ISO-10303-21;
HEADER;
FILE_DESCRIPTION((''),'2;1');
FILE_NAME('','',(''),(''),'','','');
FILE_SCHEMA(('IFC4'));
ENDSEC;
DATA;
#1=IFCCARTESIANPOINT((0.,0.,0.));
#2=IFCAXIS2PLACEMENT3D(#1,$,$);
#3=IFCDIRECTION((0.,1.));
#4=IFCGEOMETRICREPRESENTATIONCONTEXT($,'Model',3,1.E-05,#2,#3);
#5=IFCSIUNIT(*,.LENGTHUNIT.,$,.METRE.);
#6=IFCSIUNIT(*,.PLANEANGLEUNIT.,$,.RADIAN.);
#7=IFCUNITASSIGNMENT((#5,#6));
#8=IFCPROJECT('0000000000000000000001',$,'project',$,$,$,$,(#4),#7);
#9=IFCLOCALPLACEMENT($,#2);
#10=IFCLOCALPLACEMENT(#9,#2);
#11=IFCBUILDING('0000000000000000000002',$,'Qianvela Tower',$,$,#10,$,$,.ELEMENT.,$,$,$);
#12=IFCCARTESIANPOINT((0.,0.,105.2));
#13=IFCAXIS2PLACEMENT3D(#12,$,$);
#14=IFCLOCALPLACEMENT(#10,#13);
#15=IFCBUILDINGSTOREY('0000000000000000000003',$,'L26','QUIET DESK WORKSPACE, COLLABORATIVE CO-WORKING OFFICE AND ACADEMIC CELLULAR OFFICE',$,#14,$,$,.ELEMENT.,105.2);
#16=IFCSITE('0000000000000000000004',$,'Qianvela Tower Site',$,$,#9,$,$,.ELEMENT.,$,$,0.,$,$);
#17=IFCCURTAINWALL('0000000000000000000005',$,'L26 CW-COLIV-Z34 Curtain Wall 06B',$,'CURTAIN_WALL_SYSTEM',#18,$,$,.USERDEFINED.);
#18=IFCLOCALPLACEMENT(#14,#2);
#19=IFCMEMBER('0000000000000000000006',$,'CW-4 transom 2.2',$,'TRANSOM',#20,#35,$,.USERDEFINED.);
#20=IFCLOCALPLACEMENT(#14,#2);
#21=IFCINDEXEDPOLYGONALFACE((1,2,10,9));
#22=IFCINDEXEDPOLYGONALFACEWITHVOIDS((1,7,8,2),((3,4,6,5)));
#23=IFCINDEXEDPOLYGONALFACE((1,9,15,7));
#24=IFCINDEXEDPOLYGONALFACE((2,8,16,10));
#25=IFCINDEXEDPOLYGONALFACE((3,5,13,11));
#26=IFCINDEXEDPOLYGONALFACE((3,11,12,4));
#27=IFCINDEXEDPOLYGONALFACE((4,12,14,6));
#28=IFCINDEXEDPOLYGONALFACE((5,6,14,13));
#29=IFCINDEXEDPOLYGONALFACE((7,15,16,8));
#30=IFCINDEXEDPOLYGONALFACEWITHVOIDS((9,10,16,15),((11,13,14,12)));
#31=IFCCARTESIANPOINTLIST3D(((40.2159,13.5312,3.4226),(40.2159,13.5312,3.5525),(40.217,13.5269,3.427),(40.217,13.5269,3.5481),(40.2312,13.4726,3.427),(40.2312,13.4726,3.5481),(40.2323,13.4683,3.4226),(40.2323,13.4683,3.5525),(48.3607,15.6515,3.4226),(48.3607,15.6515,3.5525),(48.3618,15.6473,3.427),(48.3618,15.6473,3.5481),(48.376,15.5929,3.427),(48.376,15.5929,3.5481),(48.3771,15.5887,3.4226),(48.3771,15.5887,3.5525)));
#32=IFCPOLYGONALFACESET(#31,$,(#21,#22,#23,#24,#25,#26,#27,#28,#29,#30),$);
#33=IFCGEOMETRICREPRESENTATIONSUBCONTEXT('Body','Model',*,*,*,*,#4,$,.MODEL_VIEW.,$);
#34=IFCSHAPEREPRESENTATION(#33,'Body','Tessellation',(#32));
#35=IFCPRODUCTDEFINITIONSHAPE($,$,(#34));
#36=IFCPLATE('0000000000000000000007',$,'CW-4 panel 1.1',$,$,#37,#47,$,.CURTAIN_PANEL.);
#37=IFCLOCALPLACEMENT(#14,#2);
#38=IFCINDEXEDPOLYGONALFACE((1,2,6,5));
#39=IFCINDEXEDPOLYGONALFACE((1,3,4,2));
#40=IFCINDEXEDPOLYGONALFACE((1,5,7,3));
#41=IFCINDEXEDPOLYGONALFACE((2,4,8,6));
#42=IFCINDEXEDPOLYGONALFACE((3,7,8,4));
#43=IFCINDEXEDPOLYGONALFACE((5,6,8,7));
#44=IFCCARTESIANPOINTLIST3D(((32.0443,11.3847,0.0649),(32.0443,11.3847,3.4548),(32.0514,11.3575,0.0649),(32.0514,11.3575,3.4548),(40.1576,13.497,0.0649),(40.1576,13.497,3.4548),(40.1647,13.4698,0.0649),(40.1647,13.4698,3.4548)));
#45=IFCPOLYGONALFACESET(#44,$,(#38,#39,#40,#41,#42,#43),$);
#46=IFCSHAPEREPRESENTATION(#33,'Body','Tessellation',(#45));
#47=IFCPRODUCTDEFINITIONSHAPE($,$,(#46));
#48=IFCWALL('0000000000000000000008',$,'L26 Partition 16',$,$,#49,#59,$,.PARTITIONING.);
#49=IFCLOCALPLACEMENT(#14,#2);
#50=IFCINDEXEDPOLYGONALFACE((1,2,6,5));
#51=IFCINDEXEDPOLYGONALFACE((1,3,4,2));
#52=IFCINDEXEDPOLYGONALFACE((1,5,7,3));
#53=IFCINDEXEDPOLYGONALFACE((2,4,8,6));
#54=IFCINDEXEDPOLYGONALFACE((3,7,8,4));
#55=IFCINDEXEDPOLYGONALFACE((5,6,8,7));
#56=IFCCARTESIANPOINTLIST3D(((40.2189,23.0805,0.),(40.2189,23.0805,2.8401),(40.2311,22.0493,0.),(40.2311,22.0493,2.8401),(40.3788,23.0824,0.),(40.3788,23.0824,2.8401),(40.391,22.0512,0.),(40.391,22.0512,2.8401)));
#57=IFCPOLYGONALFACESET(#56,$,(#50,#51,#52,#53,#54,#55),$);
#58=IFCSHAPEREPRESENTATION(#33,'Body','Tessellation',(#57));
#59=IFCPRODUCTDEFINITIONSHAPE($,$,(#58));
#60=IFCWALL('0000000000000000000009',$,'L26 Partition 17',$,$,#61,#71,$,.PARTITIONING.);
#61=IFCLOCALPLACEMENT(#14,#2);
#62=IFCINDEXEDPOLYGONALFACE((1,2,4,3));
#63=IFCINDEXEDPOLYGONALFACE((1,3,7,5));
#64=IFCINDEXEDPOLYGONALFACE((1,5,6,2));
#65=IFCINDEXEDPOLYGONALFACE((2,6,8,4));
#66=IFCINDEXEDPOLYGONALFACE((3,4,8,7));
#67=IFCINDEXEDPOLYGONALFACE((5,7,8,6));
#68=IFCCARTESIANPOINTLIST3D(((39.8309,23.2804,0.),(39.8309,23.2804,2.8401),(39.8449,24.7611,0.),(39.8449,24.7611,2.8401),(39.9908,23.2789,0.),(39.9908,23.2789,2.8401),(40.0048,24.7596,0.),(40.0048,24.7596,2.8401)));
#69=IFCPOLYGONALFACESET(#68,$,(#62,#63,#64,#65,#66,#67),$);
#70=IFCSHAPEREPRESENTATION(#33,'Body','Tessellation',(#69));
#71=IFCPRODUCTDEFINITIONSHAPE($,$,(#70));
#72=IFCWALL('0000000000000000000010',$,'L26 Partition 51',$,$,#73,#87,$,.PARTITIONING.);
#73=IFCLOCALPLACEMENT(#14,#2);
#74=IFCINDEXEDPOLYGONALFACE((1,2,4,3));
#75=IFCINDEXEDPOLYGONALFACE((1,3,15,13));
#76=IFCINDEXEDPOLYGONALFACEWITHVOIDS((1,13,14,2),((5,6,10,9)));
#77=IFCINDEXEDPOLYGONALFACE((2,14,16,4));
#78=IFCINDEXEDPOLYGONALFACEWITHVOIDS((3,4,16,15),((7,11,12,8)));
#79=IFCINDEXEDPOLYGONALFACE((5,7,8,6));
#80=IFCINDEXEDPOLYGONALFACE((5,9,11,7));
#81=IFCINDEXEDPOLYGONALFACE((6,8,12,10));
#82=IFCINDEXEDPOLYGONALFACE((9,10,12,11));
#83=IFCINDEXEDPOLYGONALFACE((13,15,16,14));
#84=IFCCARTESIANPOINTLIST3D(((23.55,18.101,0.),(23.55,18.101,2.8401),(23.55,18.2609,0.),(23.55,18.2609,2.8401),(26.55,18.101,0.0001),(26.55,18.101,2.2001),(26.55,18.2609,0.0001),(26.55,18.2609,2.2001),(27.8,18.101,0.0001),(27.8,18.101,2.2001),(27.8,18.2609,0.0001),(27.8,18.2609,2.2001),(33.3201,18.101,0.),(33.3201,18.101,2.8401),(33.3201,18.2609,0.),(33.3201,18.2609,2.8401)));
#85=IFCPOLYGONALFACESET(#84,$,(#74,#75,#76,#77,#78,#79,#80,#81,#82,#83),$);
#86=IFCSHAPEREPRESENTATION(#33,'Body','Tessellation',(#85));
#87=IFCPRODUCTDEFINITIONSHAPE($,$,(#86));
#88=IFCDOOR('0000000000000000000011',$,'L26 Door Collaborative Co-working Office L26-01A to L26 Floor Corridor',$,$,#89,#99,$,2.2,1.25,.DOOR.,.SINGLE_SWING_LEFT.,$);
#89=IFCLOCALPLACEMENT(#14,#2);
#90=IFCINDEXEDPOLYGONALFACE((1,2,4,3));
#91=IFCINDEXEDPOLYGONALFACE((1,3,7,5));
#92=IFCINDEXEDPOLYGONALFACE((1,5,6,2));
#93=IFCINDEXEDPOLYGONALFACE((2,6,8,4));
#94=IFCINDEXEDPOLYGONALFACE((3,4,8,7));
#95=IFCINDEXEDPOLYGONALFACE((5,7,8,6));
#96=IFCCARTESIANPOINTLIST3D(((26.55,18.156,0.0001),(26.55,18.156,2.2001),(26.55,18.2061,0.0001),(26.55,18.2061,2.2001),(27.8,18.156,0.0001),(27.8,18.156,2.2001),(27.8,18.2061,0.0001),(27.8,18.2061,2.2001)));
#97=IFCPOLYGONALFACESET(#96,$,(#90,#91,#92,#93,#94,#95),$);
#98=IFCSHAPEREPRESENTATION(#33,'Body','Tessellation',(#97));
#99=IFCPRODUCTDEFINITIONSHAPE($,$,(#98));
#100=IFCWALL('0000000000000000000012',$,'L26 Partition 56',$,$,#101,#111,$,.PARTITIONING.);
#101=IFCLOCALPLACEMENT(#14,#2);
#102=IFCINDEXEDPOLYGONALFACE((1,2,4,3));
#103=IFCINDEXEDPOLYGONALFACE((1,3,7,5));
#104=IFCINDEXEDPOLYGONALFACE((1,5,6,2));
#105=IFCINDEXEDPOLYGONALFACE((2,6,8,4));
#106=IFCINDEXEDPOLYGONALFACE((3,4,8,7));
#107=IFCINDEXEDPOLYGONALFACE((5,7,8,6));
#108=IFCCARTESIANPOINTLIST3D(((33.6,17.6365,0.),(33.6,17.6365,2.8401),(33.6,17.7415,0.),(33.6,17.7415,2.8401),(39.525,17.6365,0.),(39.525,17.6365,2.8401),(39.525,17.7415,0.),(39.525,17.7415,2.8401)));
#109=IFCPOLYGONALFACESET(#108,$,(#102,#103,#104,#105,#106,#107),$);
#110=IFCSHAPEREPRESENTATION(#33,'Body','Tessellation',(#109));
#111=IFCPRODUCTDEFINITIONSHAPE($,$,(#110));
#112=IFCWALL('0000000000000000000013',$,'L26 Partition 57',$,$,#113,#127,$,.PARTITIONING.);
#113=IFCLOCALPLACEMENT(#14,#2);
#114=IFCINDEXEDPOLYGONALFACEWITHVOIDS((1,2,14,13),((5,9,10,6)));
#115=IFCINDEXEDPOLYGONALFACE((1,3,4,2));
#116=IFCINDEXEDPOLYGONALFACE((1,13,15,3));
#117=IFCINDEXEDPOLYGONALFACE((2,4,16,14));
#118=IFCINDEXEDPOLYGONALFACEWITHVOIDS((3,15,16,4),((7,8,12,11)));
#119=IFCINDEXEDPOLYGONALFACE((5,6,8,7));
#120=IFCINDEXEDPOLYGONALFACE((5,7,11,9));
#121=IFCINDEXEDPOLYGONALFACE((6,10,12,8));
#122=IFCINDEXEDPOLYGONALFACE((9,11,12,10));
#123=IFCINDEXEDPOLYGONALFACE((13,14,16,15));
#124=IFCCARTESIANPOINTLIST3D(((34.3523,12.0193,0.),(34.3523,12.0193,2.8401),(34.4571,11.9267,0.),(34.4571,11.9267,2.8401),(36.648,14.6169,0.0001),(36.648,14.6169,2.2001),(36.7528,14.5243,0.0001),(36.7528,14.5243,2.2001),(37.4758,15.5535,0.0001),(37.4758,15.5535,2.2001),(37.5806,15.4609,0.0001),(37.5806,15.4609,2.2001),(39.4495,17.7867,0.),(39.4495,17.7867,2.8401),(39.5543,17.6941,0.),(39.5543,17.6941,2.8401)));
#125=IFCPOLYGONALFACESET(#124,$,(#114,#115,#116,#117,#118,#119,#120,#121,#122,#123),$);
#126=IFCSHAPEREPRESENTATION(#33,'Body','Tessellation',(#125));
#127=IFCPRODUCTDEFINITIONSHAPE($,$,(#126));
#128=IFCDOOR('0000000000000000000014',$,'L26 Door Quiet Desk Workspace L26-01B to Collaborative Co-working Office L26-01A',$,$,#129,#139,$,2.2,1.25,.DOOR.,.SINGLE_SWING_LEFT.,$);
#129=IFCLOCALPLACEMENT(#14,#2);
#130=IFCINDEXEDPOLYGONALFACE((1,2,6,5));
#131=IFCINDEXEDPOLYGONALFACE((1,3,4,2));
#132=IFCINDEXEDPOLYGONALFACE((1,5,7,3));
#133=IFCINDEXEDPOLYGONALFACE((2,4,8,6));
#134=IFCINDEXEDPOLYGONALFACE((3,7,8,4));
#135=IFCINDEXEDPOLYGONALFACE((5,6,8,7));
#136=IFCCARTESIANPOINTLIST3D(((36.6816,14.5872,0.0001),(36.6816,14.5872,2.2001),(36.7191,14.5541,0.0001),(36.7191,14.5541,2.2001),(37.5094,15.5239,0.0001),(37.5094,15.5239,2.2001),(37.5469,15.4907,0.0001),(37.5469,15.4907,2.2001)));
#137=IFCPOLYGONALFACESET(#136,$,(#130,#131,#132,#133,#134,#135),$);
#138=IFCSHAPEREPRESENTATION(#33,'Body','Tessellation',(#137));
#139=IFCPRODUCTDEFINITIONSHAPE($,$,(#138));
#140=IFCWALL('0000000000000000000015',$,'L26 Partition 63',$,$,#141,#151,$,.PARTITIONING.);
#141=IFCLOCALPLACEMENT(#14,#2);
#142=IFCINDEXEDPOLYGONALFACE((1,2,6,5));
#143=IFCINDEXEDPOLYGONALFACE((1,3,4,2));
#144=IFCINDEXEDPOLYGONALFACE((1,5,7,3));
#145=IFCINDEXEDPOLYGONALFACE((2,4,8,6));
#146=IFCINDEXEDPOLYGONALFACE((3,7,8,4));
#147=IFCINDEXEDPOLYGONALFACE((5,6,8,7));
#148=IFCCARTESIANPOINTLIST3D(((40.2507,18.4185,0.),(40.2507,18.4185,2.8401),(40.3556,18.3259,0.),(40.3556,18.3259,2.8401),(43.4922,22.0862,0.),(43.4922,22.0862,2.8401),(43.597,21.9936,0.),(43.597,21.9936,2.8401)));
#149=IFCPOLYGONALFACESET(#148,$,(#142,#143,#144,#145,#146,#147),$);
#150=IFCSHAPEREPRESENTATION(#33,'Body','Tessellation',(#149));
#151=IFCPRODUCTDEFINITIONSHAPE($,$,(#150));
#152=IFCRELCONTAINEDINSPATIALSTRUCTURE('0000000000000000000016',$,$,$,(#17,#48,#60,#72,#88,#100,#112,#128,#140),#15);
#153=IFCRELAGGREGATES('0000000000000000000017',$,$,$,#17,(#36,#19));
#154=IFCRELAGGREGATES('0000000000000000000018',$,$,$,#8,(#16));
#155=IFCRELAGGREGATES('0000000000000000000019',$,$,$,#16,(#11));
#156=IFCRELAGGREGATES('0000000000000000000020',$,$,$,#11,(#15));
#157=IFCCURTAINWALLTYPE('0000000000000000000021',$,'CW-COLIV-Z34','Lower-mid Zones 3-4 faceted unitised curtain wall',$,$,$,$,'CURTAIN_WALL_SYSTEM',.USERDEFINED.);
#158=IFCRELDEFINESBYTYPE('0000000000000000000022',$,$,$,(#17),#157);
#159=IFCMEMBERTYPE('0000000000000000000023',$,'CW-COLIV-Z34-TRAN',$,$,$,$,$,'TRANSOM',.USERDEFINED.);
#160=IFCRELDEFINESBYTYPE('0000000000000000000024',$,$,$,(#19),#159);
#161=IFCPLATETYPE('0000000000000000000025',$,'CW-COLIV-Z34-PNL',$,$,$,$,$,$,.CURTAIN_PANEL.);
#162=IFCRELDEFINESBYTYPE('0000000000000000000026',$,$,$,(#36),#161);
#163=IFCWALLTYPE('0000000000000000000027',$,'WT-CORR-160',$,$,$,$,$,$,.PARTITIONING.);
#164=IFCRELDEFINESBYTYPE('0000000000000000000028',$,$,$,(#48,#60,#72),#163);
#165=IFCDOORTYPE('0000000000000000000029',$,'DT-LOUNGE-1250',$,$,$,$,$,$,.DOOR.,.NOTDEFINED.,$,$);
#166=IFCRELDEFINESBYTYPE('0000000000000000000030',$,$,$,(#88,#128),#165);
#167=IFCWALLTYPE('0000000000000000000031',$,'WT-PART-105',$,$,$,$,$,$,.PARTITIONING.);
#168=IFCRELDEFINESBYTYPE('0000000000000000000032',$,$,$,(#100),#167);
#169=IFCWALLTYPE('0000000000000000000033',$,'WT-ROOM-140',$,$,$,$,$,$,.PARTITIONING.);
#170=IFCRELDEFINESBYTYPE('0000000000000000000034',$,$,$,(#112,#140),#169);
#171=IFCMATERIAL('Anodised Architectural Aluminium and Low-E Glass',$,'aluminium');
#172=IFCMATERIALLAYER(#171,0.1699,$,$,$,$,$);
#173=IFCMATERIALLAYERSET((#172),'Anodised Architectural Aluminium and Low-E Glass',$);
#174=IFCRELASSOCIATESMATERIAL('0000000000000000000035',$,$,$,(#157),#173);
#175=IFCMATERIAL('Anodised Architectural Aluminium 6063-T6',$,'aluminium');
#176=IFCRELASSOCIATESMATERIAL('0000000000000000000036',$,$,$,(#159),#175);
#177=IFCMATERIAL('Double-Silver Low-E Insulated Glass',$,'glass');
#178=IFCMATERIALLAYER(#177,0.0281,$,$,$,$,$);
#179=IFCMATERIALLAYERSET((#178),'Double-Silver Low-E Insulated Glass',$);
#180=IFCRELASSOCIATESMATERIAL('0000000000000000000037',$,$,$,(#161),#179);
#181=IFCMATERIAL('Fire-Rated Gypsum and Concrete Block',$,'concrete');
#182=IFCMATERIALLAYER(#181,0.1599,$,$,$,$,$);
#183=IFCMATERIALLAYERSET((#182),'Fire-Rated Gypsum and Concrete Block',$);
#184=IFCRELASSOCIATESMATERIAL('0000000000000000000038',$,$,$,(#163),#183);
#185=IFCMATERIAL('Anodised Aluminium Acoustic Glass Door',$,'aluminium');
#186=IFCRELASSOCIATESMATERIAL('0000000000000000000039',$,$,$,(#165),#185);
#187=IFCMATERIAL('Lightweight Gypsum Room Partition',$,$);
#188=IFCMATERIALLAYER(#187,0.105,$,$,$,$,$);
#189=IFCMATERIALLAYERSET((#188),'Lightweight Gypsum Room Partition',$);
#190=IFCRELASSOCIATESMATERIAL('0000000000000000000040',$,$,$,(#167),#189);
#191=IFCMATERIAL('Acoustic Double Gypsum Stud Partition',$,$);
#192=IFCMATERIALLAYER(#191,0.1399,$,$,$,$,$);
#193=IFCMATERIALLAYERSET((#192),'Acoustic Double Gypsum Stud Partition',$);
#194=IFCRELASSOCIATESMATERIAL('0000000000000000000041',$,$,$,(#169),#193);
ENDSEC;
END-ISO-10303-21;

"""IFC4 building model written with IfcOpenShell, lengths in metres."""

from ifc_helpers import new_model, si_unit, direction, frame, frame_2d, origin, origin_2d, place, context, subcontext, project, spatial, rectangle, hollow_rectangle, extrude, material, layer, layer_set, material_profile, profile_set, type_object, element, fill, aggregate, save


model = new_model("IFC4")

# Units and contexts
model_context = context("Model", 3, precision=1e-05, world=origin(), true_north=direction((0.0, 1.0)))
body_context = subcontext(model_context, "Body", "Model", "MODEL_VIEW")
ifc_project = project(units=[si_unit("LENGTHUNIT", "METRE"), si_unit("PLANEANGLEUNIT", "RADIAN")], contexts=[model_context])

# Site, building, storey
site_placement = place(None, origin())
site = spatial("IfcSite", under=ifc_project, at=site_placement, Name="Qianvela Tower Site", CompositionType="ELEMENT", RefElevation=0.0)
building_placement = place(site_placement, origin())
building = spatial("IfcBuilding", under=site, at=building_placement, Name="Qianvela Tower", CompositionType="ELEMENT")
storey_placement = place(building_placement, frame((0.0, 0.0, 105.2)))
storey = spatial("IfcBuildingStorey", under=building, at=storey_placement, Name="L26", Description="QUIET DESK WORKSPACE, COLLABORATIVE CO-WORKING OFFICE AND ACADEMIC CELLULAR OFFICE", CompositionType="ELEMENT", Elevation=105.2)

# Curtain wall, member, plate
ifc_material_1 = material(Name="Anodised Architectural Aluminium and Low-E Glass", Category="aluminium")
ifc_layer_1 = layer(ifc_material_1, 0.1699)
ifc_layer_set_1 = layer_set([ifc_layer_1], Name="Anodised Architectural Aluminium and Low-E Glass")
curtain_wall_type = type_object("IfcCurtainWallType", Name="CW-COLIV-Z34", Description="Lower-mid Zones 3-4 faceted unitised curtain wall", ElementType="CURTAIN_WALL_SYSTEM", PredefinedType="USERDEFINED", material=ifc_layer_set_1)
curtain_wall_placement = place(storey_placement, origin())
curtain_wall = element("IfcCurtainWall", 1, at=curtain_wall_placement, inside=storey, type_object=curtain_wall_type, Name="L26 CW-COLIV-Z34 Curtain Wall 06B", ObjectType="CURTAIN_WALL_SYSTEM", PredefinedType="USERDEFINED")
ifc_material_2 = material(Name="Anodised Architectural Aluminium 6063-T6", Category="aluminium")
ifc_material_profile_1 = material_profile(ifc_material_2, hollow_rectangle(XDim=0.0649, YDim=0.1299, WallThickness=0.0044, at=origin_2d()), Name="ALU-TRAN-65x130")
ifc_profile_set_1 = profile_set([ifc_material_profile_1], Name="Anodised Architectural Aluminium 6063-T6")
member_type_1 = type_object("IfcMemberType", Name="CW-COLIV-Z34-TRAN", ElementType="TRANSOM", PredefinedType="USERDEFINED", material=ifc_profile_set_1)
member_1_placement = place(storey_placement, frame((40.2241, 13.4998, 3.4875), z_axis=(0.967744, 0.251937, 0.0), x_axis=(-0.251937, 0.967744, 0.0)))
member_1 = element("IfcMember", 2, at=member_1_placement, type_object=member_type_1, Name="CW-4 transom 2.2", ObjectType="TRANSOM", PredefinedType="USERDEFINED", context=body_context, shape_type="SweptSolid", body=[
    extrude(hollow_rectangle(XDim=0.0649, YDim=0.1299, WallThickness=0.0044, at=origin_2d()), origin(), (0.0, 0.0, 1.0), 8.4163),
])
ifc_material_3 = material(Name="Double-Silver Low-E Insulated Glass", Category="glass")
ifc_layer_2 = layer(ifc_material_3, 0.0281)
ifc_layer_set_2 = layer_set([ifc_layer_2], Name="Double-Silver Low-E Insulated Glass")
plate_type = type_object("IfcPlateType", Name="CW-COLIV-Z34-PNL", PredefinedType="CURTAIN_PANEL", material=ifc_layer_set_2)
plate_placement = place(storey_placement, frame((36.1045, 12.4272, 0.0649), z_axis=(0.0, 0.0, 1.0), x_axis=(0.96774, 0.25195, 0.0)))
plate = element("IfcPlate", 3, at=plate_placement, type_object=plate_type, Name="CW-4 panel 1.1", PredefinedType="CURTAIN_PANEL", context=body_context, shape_type="SweptSolid", body=[
    extrude(rectangle(XDim=8.3838, YDim=0.0281, at=origin_2d()), origin(), (0.0, 0.0, 1.0), 3.3899),
])
aggregate(curtain_wall, [plate, member_1])

# Shared definitions
ifc_material_4 = material(Name="Fire-Rated Gypsum and Concrete Block", Category="concrete")
ifc_layer_3 = layer(ifc_material_4, 0.1599)
ifc_layer_set_3 = layer_set([ifc_layer_3], Name="Fire-Rated Gypsum and Concrete Block")
wall_type_1 = type_object("IfcWallType", Name="WT-CORR-160", PredefinedType="PARTITIONING", material=ifc_layer_set_3)

# Walls
wall_1_placement = place(storey_placement, frame((40.311, 22.0503, 0.0), z_axis=(0.0, 0.0, 1.0), x_axis=(-0.011836, 0.99993, 0.0)))
element("IfcWall", 4, at=wall_1_placement, inside=storey, type_object=wall_type_1, Name="L26 Partition 16", PredefinedType="PARTITIONING", context=body_context, shape_type="SweptSolid", body=[
    extrude(rectangle(XDim=1.0312, YDim=0.1599, at=frame_2d((0.5156, 0.0))), origin(), (0.0, 0.0, 1.0), 2.8401),
])
wall_2_placement = place(storey_placement, frame((39.9109, 23.2798, 0.0), z_axis=(0.0, 0.0, 1.0), x_axis=(0.009398, 0.999956, 0.0)))
element("IfcWall", 5, at=wall_2_placement, inside=storey, type_object=wall_type_1, Name="L26 Partition 17", PredefinedType="PARTITIONING", context=body_context, shape_type="SweptSolid", body=[
    extrude(rectangle(XDim=1.4807, YDim=0.1599, at=frame_2d((0.7402, 0.0))), origin(), (0.0, 0.0, 1.0), 2.8401),
])

# Wall, opening, door
wall_3_placement = place(storey_placement, frame((33.3201, 18.1809, 0.0), z_axis=(0.0, 0.0, 1.0), x_axis=(-1.0, 0.0, 0.0)))
wall_3 = element("IfcWall", 6, at=wall_3_placement, inside=storey, type_object=wall_type_1, Name="L26 Partition 51", PredefinedType="PARTITIONING", context=body_context, shape_type="SweptSolid", body=[
    extrude(rectangle(XDim=9.77, YDim=0.1599, at=frame_2d((4.885, 0.0))), origin(), (0.0, 0.0, 1.0), 2.8401),
])
opening_1_placement = place(wall_3_placement, frame((5.52, 0.0, 0.0)))
opening_1 = element("IfcOpeningElement", 7, at=opening_1_placement, cuts=wall_3, PredefinedType="OPENING", context=body_context, shape_type="SweptSolid", body=[
    extrude(rectangle(XDim=1.25, YDim=2.2, at=frame_2d((0.625, 1.1001))), frame((0.0, 0.0898, 0.0), z_axis=(0.0, -1.0, 0.0), x_axis=(1.0, 0.0, 0.0)), (0.0, 0.0, 1.0), 0.1799),
])
ifc_material_5 = material(Name="Anodised Aluminium Acoustic Glass Door", Category="aluminium")
door_type_1 = type_object("IfcDoorType", Name="DT-LOUNGE-1250", OperationType="NOTDEFINED", PredefinedType="DOOR", material=ifc_material_5)
door_1_placement = place(opening_1_placement, origin())
door_1 = element("IfcDoor", 8, at=door_1_placement, inside=storey, type_object=door_type_1, Name="L26 Door Collaborative Co-working Office L26-01A to L26 Floor Corridor", OperationType="SINGLE_SWING_LEFT", OverallHeight=2.2, OverallWidth=1.25, PredefinedType="DOOR", context=body_context, shape_type="SweptSolid", body=[
    extrude(rectangle(XDim=1.25, YDim=2.2, at=frame_2d((0.625, 1.1001))), frame((0.0, 0.0249, 0.0), z_axis=(0.0, -1.0, 0.0), x_axis=(1.0, 0.0, 0.0)), (0.0, 0.0, 1.0), 0.05),
])
fill(opening_1, door_1)

# Wall
ifc_material_6 = material(Name="Lightweight Gypsum Room Partition")
ifc_layer_4 = layer(ifc_material_6, 0.105)
ifc_layer_set_4 = layer_set([ifc_layer_4], Name="Lightweight Gypsum Room Partition")
wall_type_2 = type_object("IfcWallType", Name="WT-PART-105", PredefinedType="PARTITIONING", material=ifc_layer_set_4)
wall_4_placement = place(storey_placement, frame((33.6001, 17.689, 0.0), z_axis=(0.0, 0.0, 1.0), x_axis=(1.0, 0.0, 0.0)))
element("IfcWall", 9, at=wall_4_placement, inside=storey, type_object=wall_type_2, Name="L26 Partition 56", PredefinedType="PARTITIONING", context=body_context, shape_type="SweptSolid", body=[
    extrude(rectangle(XDim=5.925, YDim=0.105, at=frame_2d((2.9624, 0.0))), origin(), (0.0, 0.0, 1.0), 2.8401),
])

# Wall, opening, door
ifc_material_7 = material(Name="Acoustic Double Gypsum Stud Partition")
ifc_layer_5 = layer(ifc_material_7, 0.1399)
ifc_layer_set_5 = layer_set([ifc_layer_5], Name="Acoustic Double Gypsum Stud Partition")
wall_type_3 = type_object("IfcWallType", Name="WT-ROOM-140", PredefinedType="PARTITIONING", material=ifc_layer_set_5)
wall_5_placement = place(storey_placement, frame((39.502, 17.7405, 0.0), z_axis=(0.0, 0.0, 1.0), x_axis=(-0.662231, -0.7493, 0.0)))
wall_5 = element("IfcWall", 10, at=wall_5_placement, inside=storey, type_object=wall_type_3, Name="L26 Partition 57", PredefinedType="PARTITIONING", context=body_context, shape_type="SweptSolid", body=[
    extrude(rectangle(XDim=7.697, YDim=0.1399, at=frame_2d((3.8486, 0.0))), origin(), (0.0, 0.0, 1.0), 2.8401),
])
opening_2_placement = place(wall_5_placement, frame((2.9805, 0.0, 0.0)))
opening_2 = element("IfcOpeningElement", 11, at=opening_2_placement, cuts=wall_5, PredefinedType="OPENING", context=body_context, shape_type="SweptSolid", body=[
    extrude(rectangle(XDim=1.25, YDim=2.2, at=frame_2d((0.625, 1.1001))), frame((0.0, 0.0798, 0.0), z_axis=(0.0, -1.0, 0.0), x_axis=(1.0, 0.0, 0.0)), (0.0, 0.0, 1.0), 0.1599),
])
door_2_placement = place(opening_2_placement, origin())
door_2 = element("IfcDoor", 12, at=door_2_placement, inside=storey, type_object=door_type_1, Name="L26 Door Quiet Desk Workspace L26-01B to Collaborative Co-working Office L26-01A", OperationType="SINGLE_SWING_LEFT", OverallHeight=2.2, OverallWidth=1.25, PredefinedType="DOOR", context=body_context, shape_type="SweptSolid", body=[
    extrude(rectangle(XDim=1.25, YDim=2.2, at=frame_2d((0.625, 1.1001))), frame((0.0, 0.0249, 0.0), z_axis=(0.0, -1.0, 0.0), x_axis=(1.0, 0.0, 0.0)), (0.0, 0.0, 1.0), 0.05),
])
fill(opening_2, door_2)

# Wall
wall_6_placement = place(storey_placement, frame((40.3032, 18.3723, 0.0), z_axis=(0.0, 0.0, 1.0), x_axis=(0.662222, 0.749308, 0.0)))
element("IfcWall", 13, at=wall_6_placement, inside=storey, type_object=wall_type_3, Name="L26 Partition 63", PredefinedType="PARTITIONING", context=body_context, shape_type="SweptSolid", body=[
    extrude(rectangle(XDim=4.8948, YDim=0.1399, at=frame_2d((2.4473, 0.0))), origin(), (0.0, 0.0, 1.0), 2.8401),
])

save(model, "model.ifc")
